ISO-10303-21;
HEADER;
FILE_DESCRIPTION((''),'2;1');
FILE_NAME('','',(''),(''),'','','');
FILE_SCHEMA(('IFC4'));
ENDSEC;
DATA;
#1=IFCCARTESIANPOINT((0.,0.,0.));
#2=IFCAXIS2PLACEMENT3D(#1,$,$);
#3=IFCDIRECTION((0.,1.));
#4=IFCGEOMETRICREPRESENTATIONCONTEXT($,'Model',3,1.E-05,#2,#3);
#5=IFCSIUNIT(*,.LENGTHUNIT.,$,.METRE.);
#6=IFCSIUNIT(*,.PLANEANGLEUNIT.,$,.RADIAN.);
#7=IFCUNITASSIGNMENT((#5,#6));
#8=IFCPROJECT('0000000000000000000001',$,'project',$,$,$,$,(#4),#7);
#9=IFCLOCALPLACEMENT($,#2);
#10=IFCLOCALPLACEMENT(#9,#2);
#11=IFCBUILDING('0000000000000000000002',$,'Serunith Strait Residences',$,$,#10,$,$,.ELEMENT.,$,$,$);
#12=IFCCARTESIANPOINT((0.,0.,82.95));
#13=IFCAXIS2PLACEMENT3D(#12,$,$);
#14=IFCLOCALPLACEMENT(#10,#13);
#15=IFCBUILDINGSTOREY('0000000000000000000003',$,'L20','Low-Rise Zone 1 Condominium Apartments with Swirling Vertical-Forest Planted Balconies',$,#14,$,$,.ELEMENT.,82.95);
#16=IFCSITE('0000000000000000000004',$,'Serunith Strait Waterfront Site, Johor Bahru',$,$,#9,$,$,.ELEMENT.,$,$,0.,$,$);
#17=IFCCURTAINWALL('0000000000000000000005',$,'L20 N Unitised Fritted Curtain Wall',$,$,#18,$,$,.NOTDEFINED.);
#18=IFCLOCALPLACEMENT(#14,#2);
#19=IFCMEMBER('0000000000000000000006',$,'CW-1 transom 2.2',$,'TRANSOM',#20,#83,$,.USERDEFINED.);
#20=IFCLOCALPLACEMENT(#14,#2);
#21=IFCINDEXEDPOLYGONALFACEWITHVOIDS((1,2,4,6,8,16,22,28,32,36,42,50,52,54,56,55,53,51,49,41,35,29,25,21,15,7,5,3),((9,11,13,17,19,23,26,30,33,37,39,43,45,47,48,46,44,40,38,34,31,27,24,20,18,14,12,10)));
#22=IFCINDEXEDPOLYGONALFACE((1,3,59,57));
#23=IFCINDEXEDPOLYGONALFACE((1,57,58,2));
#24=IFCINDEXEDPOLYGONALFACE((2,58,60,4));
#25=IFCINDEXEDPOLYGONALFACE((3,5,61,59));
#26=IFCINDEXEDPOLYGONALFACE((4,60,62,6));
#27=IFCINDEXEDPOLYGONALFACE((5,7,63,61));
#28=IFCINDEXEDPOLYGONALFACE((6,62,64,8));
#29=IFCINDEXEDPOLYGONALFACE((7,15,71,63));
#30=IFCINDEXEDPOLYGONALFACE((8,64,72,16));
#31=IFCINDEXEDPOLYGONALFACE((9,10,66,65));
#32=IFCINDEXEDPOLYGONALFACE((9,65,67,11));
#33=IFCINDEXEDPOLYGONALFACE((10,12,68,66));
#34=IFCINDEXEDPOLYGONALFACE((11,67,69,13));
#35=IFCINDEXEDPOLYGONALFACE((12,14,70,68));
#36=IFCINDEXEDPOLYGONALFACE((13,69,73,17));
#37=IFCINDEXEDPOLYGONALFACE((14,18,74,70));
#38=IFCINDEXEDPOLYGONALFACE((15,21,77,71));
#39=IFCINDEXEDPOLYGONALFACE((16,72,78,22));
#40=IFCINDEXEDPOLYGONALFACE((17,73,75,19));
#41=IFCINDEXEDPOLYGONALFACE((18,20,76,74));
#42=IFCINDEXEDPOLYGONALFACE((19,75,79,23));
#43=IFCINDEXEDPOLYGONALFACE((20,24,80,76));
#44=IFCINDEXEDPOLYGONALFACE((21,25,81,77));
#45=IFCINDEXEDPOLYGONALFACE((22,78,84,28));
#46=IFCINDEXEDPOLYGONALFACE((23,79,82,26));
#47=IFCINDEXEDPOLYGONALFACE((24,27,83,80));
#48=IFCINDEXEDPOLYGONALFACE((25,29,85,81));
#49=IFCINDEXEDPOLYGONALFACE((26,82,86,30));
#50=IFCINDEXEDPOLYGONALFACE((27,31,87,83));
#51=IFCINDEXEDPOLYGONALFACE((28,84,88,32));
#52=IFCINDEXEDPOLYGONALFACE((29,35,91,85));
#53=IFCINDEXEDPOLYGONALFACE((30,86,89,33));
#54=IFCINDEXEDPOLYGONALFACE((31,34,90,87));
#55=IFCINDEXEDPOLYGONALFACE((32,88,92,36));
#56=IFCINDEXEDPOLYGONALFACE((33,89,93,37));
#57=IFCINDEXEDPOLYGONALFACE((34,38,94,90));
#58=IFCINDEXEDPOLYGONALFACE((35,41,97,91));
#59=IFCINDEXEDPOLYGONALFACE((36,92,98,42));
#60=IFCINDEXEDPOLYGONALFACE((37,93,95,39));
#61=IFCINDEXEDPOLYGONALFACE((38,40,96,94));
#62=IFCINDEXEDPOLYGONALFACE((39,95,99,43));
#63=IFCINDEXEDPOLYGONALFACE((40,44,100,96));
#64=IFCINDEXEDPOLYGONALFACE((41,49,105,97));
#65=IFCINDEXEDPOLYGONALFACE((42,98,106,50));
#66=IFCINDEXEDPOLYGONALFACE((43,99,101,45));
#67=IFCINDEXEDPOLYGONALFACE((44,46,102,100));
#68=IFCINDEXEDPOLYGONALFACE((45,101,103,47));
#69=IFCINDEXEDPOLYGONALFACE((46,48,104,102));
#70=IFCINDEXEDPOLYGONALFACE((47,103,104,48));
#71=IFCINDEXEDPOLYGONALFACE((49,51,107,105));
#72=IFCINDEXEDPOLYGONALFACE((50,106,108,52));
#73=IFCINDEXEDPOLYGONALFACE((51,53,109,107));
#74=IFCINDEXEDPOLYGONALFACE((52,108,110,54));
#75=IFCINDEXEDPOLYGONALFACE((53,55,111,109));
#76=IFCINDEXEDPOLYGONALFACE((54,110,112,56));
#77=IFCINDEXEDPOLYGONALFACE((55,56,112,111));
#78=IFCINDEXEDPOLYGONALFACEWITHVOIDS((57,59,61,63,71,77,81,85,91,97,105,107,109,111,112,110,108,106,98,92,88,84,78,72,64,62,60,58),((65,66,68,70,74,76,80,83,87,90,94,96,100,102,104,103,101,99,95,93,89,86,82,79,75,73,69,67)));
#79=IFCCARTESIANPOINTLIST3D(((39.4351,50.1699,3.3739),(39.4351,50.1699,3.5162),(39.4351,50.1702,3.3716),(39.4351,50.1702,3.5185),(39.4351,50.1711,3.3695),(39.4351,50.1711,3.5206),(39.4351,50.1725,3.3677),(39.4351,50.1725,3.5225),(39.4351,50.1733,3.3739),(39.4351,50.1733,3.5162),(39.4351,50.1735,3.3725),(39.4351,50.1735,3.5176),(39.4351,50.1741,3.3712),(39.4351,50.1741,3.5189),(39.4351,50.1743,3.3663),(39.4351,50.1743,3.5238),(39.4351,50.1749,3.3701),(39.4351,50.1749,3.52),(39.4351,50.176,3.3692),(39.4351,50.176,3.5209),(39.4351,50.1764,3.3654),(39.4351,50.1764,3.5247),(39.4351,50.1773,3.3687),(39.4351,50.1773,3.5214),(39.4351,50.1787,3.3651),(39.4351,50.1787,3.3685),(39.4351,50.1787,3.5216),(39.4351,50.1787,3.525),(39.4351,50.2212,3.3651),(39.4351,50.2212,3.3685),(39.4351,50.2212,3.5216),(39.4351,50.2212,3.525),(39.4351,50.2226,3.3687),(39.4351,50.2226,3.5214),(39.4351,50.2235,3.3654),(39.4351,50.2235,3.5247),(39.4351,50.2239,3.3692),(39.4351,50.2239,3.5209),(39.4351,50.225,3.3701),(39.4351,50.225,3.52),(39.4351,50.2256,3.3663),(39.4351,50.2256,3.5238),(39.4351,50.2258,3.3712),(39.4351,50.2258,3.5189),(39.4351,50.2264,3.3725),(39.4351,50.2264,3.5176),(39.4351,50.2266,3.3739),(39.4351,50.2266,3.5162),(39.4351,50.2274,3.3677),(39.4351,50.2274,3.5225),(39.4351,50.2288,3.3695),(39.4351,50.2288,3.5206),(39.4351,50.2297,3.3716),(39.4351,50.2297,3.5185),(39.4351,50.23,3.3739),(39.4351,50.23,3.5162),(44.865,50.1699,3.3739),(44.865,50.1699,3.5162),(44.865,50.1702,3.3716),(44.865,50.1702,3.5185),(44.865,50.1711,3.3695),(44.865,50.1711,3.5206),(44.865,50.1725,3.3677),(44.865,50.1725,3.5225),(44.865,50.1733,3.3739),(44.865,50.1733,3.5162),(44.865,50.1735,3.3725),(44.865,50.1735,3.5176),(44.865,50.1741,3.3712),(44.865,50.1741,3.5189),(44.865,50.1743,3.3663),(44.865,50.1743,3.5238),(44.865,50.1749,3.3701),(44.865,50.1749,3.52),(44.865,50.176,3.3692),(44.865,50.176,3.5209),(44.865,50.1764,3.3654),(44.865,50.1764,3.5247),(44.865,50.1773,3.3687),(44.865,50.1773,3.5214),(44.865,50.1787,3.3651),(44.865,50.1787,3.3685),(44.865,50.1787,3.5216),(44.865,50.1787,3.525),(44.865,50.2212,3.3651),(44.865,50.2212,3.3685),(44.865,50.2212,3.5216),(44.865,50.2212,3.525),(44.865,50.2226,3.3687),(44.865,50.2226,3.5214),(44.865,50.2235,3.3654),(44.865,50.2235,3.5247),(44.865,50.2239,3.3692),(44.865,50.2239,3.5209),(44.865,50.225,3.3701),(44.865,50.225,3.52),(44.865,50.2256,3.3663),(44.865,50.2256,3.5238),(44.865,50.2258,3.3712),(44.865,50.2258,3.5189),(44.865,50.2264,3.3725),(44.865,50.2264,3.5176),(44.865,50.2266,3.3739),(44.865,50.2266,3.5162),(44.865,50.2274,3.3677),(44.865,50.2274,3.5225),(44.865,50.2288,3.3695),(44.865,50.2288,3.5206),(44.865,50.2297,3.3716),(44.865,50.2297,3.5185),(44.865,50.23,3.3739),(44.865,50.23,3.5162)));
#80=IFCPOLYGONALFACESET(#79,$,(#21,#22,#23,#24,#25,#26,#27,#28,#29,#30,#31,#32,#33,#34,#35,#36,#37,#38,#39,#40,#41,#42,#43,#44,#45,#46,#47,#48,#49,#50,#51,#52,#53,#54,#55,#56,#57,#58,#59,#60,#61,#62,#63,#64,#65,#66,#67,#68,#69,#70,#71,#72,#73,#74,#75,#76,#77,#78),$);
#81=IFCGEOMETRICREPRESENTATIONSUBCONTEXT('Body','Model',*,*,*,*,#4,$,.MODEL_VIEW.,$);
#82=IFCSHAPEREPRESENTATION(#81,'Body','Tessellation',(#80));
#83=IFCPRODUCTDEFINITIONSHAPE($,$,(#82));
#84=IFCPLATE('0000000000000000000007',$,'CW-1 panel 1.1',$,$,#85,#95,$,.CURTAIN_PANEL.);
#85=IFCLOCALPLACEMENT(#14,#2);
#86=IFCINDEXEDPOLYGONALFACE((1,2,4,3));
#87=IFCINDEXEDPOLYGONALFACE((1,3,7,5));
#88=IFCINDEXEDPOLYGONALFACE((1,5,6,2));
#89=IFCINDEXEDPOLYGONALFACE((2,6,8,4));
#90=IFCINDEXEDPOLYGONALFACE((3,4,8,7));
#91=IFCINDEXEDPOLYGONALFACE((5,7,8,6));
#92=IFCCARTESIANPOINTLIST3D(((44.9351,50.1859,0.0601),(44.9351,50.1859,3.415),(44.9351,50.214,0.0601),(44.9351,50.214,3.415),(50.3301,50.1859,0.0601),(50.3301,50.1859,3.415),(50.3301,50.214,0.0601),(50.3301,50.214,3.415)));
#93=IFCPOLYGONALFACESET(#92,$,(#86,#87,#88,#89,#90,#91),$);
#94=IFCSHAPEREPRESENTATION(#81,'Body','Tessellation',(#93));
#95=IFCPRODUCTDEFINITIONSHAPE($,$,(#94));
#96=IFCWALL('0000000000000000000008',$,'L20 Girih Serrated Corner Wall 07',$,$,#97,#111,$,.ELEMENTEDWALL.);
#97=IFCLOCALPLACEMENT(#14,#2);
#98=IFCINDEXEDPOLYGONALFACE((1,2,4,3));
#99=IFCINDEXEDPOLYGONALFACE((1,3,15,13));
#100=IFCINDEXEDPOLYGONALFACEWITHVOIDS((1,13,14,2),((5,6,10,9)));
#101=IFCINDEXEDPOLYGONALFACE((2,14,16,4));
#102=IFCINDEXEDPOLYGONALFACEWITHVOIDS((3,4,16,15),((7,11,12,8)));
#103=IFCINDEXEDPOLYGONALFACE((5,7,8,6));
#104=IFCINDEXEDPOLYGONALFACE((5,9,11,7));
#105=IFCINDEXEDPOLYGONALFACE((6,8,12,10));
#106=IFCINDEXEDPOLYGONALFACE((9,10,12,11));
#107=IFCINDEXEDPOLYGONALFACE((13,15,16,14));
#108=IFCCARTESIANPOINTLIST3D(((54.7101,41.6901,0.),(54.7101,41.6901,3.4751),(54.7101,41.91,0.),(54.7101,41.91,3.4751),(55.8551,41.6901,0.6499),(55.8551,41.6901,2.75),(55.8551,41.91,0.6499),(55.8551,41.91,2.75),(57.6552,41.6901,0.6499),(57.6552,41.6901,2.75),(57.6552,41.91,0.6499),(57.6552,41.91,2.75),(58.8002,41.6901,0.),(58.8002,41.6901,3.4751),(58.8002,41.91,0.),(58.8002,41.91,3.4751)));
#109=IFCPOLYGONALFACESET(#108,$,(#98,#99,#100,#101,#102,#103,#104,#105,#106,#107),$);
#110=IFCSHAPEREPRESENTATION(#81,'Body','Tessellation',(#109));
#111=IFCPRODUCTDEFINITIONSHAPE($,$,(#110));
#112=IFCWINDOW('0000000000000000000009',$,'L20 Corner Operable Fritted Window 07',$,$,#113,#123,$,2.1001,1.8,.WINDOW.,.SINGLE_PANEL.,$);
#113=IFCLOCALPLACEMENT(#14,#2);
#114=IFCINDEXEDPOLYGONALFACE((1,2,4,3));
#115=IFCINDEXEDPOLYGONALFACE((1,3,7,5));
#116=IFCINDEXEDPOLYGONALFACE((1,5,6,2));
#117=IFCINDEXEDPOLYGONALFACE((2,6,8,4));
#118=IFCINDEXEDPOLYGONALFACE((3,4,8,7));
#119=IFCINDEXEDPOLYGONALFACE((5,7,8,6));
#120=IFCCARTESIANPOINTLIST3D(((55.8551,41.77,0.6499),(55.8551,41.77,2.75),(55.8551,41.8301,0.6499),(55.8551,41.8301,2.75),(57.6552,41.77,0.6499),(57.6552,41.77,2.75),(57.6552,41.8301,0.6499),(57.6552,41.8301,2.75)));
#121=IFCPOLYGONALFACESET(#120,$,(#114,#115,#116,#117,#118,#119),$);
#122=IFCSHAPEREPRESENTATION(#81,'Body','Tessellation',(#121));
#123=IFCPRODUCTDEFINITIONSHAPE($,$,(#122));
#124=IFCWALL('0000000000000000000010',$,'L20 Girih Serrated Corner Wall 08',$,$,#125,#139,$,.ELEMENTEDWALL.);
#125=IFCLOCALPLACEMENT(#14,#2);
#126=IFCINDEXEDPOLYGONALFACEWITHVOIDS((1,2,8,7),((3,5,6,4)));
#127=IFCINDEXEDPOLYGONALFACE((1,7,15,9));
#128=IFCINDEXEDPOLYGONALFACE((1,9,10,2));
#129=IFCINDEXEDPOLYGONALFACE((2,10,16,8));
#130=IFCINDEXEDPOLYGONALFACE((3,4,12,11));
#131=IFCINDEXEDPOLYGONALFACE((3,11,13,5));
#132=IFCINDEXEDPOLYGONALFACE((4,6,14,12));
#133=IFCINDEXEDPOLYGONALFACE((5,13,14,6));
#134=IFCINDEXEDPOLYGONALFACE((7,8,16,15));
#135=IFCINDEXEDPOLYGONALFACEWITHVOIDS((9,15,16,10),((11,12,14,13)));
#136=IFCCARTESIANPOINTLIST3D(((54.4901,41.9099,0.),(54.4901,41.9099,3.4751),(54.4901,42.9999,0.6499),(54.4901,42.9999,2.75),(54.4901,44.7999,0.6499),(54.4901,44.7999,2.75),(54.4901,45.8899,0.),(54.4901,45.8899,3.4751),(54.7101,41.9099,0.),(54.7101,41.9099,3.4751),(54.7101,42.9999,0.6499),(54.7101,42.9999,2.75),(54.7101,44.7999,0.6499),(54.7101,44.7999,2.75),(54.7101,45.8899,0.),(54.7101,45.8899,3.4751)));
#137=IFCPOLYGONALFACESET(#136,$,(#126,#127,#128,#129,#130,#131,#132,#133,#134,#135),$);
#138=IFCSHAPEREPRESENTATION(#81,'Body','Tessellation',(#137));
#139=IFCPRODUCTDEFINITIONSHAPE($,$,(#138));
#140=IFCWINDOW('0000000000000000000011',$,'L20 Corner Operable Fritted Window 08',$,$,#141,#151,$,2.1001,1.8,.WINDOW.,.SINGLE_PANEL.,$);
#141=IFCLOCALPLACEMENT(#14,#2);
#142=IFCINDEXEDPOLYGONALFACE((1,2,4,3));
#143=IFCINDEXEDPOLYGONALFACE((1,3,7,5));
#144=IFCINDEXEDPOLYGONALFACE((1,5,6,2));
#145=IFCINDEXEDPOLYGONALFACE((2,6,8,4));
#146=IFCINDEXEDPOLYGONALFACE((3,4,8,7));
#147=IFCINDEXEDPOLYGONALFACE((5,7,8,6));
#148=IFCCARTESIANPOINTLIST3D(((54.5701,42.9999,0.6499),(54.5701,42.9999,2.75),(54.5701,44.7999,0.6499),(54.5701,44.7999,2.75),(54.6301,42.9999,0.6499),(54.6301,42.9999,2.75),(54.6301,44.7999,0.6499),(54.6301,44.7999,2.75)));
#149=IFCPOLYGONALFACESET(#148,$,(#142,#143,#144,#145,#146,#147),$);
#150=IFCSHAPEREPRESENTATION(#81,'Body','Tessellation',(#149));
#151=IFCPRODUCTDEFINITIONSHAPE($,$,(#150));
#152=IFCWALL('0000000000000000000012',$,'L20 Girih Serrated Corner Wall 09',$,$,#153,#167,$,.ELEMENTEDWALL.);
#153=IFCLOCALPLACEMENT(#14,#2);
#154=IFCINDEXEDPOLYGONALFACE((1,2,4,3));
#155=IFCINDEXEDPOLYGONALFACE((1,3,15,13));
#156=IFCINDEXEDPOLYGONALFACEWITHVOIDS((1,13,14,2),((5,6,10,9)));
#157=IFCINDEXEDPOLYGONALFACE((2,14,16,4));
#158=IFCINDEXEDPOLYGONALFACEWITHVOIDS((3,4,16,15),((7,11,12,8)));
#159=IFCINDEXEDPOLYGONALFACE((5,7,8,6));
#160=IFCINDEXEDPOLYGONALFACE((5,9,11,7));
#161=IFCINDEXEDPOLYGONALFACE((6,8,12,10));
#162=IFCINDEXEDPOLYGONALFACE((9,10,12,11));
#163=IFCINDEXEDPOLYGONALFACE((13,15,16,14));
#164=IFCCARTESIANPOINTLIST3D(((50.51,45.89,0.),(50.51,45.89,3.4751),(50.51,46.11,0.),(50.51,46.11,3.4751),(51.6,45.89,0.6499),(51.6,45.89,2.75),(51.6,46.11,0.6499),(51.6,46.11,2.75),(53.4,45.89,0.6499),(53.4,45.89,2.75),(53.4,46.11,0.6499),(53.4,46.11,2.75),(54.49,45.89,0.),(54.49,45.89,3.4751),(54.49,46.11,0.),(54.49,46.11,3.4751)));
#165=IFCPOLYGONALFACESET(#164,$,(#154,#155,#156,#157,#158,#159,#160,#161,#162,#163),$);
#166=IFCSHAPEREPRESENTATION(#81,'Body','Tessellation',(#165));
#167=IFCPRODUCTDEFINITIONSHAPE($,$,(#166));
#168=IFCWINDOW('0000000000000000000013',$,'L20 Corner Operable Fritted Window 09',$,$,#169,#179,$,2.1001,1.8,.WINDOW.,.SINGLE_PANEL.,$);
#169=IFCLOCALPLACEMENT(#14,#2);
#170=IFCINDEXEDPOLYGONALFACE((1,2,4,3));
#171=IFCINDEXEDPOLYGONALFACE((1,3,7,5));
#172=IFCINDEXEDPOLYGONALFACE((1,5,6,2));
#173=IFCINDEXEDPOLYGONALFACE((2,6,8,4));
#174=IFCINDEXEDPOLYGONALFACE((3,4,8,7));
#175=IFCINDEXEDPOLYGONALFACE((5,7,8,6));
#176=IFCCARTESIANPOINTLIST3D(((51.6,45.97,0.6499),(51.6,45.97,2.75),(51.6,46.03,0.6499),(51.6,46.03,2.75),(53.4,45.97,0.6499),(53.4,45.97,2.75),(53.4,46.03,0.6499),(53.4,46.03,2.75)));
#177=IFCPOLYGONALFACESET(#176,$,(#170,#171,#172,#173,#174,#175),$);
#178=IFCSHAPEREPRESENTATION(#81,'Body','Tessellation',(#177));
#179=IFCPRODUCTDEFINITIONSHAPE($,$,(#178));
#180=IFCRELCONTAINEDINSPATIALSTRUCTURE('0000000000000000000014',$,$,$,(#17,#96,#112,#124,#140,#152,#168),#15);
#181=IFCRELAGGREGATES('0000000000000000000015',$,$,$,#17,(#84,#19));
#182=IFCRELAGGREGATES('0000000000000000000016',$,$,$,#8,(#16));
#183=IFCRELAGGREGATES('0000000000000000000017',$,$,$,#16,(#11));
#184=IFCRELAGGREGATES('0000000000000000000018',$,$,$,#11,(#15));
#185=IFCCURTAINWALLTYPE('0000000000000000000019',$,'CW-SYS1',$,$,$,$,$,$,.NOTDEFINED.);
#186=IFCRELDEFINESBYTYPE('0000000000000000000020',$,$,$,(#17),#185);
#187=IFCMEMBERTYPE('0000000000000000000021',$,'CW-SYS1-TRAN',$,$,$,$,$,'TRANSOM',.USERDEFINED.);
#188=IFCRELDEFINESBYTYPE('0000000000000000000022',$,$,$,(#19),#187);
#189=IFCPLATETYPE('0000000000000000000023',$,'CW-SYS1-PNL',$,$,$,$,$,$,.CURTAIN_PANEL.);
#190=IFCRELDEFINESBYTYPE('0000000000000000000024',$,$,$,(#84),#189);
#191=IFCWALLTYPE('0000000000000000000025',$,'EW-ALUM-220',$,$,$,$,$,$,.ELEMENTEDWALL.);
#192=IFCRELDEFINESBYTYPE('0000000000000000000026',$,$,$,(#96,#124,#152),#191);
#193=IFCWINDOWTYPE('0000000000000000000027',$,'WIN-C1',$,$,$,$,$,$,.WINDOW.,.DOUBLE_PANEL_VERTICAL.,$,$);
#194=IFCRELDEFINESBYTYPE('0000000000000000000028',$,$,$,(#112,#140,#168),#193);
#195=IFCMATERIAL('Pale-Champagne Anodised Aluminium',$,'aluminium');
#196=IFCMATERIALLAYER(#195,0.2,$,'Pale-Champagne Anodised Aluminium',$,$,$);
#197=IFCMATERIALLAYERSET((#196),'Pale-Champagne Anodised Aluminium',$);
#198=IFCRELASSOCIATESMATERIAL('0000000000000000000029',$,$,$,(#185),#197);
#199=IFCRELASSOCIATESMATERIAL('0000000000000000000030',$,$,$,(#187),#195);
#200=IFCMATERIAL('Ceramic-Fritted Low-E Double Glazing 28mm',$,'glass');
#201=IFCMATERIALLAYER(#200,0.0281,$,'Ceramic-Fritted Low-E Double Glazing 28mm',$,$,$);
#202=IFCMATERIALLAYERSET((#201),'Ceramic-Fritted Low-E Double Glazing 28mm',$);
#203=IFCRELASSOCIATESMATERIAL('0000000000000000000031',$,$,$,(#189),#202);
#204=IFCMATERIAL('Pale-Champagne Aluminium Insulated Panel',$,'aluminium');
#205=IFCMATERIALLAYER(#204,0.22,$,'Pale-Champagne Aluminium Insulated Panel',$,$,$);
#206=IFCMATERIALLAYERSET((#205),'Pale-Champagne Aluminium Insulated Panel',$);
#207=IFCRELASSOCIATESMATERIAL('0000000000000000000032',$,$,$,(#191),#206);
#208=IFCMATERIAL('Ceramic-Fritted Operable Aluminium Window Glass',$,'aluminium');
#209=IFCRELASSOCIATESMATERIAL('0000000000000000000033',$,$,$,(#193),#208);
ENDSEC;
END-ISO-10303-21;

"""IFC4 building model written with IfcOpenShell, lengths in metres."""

from ifc_helpers import new_model, si_unit, direction, frame, frame_2d, origin, origin_2d, place, context, subcontext, project, spatial, rectangle, hollow_rectangle, extrude, source, transform, mapped, material, layer, layer_set, material_profile, profile_set, type_object, element, fill, aggregate, save


model = new_model("IFC4")

# Units and contexts
model_context = context("Model", 3, precision=1e-05, world=origin(), true_north=direction((0.0, 1.0)))
body_context = subcontext(model_context, "Body", "Model", "MODEL_VIEW")
ifc_project = project(units=[si_unit("LENGTHUNIT", "METRE"), si_unit("PLANEANGLEUNIT", "RADIAN")], contexts=[model_context])

# Site, building, storey
site_placement = place(None, origin())
site = spatial("IfcSite", under=ifc_project, at=site_placement, Name="Serunith Strait Waterfront Site, Johor Bahru", CompositionType="ELEMENT", RefElevation=0.0)
building_placement = place(site_placement, origin())
building = spatial("IfcBuilding", under=site, at=building_placement, Name="Serunith Strait Residences", CompositionType="ELEMENT")
storey_placement = place(building_placement, frame((0.0, 0.0, 82.95)))
storey = spatial("IfcBuildingStorey", under=building, at=storey_placement, Name="L20", Description="Low-Rise Zone 1 Condominium Apartments with Swirling Vertical-Forest Planted Balconies", CompositionType="ELEMENT", Elevation=82.95)

# Shared definitions
ifc_material_1 = material(Name="Pale-Champagne Anodised Aluminium", Category="aluminium")
ifc_layer_1 = layer(ifc_material_1, 0.2, Name="Pale-Champagne Anodised Aluminium")
ifc_layer_set_1 = layer_set([ifc_layer_1], Name="Pale-Champagne Anodised Aluminium")
curtain_wall_type = type_object("IfcCurtainWallType", Name="CW-SYS1", PredefinedType="NOTDEFINED", material=ifc_layer_set_1)

# Curtain wall, member, plate
curtain_wall_1_placement = place(storey_placement, origin())
curtain_wall_1 = element("IfcCurtainWall", 1, at=curtain_wall_1_placement, inside=storey, type_object=curtain_wall_type, Name="L20 N Unitised Fritted Curtain Wall", PredefinedType="NOTDEFINED")
ifc_material_profile_1 = material_profile(ifc_material_1, hollow_rectangle(XDim=0.0601, YDim=0.1599, WallThickness=0.0034, InnerFilletRadius=0.0054, OuterFilletRadius=0.0088, at=origin_2d()), Name="ALU 160x60x3.5")
ifc_profile_set_1 = profile_set([ifc_material_profile_1], Name="Pale-Champagne Anodised Aluminium")
member_type_1 = type_object("IfcMemberType", Name="CW-SYS1-TRAN", ElementType="TRANSOM", PredefinedType="USERDEFINED", material=ifc_profile_set_1)
shared_shape_1 = source(origin(), body_context, "Body", "SweptSolid", [
    extrude(hollow_rectangle(XDim=0.0601, YDim=0.1599, WallThickness=0.0034, InnerFilletRadius=0.0054, OuterFilletRadius=0.0088, at=origin_2d()), origin(), (0.0, 0.0, 1.0), 5.4299),
])
member_1_placement = place(storey_placement, frame((44.865, 50.2, 3.4451), z_axis=(-1.0, 0.0, 0.0), x_axis=(0.0, -1.0, 0.0)))
member_1 = element("IfcMember", 2, at=member_1_placement, type_object=member_type_1, Name="CW-1 transom 2.2", ObjectType="TRANSOM", PredefinedType="USERDEFINED", context=body_context, shape_type="MappedRepresentation", body=[
    mapped(shared_shape_1, transform((0.0, 0.0, 0.0), scale=1.0)),
])
ifc_material_2 = material(Name="Ceramic-Fritted Low-E Double Glazing 28mm", Category="glass")
ifc_layer_2 = layer(ifc_material_2, 0.0281, Name="Ceramic-Fritted Low-E Double Glazing 28mm")
ifc_layer_set_2 = layer_set([ifc_layer_2], Name="Ceramic-Fritted Low-E Double Glazing 28mm")
plate_type = type_object("IfcPlateType", Name="CW-SYS1-PNL", PredefinedType="CURTAIN_PANEL", material=ifc_layer_set_2)
shared_shape_2 = source(origin(), body_context, "Body", "SweptSolid", [
    extrude(rectangle(XDim=5.395, YDim=0.0281, at=origin_2d()), origin(), (0.0, 0.0, 1.0), 3.355),
])
plate_placement = place(storey_placement, frame((47.6326, 50.2, 0.0601), z_axis=(0.0, 0.0, 1.0), x_axis=(-1.0, 0.0, 0.0)))
plate = element("IfcPlate", 3, at=plate_placement, type_object=plate_type, Name="CW-1 panel 1.1", PredefinedType="CURTAIN_PANEL", context=body_context, shape_type="MappedRepresentation", body=[
    mapped(shared_shape_2, transform((0.0, 0.0, 0.0), scale=1.0)),
])
aggregate(curtain_wall_1, [plate, member_1])

# Walls, openings, windows
ifc_material_3 = material(Name="Pale-Champagne Aluminium Insulated Panel", Category="aluminium")
ifc_layer_3 = layer(ifc_material_3, 0.22, Name="Pale-Champagne Aluminium Insulated Panel")
ifc_layer_set_3 = layer_set([ifc_layer_3], Name="Pale-Champagne Aluminium Insulated Panel")
wall_type_1 = type_object("IfcWallType", Name="EW-ALUM-220", PredefinedType="ELEMENTEDWALL", material=ifc_layer_set_3)
wall_1_placement = place(storey_placement, frame((58.8, 41.8, 0.0), z_axis=(0.0, 0.0, 1.0), x_axis=(-1.0, 0.0, 0.0)))
wall_1 = element("IfcWall", 4, at=wall_1_placement, inside=storey, type_object=wall_type_1, Name="L20 Girih Serrated Corner Wall 07", PredefinedType="ELEMENTEDWALL", context=body_context, shape_type="SweptSolid", body=[
    extrude(rectangle(XDim=4.0901, YDim=0.22, at=frame_2d((2.0449, 0.0))), origin(), (0.0, 0.0, 1.0), 3.4751),
])
opening_1_placement = place(wall_1_placement, frame((1.145, 0.0, 0.6499)))
opening_1 = element("IfcOpeningElement", 5, at=opening_1_placement, cuts=wall_1, PredefinedType="OPENING", context=body_context, shape_type="SweptSolid", body=[
    extrude(rectangle(XDim=1.8, YDim=2.1001, at=frame_2d((0.8999, 1.05))), frame((0.0, 0.1201, 0.0), z_axis=(0.0, -1.0, 0.0), x_axis=(1.0, 0.0, 0.0)), (0.0, 0.0, 1.0), 0.24),
])
ifc_material_4 = material(Name="Ceramic-Fritted Operable Aluminium Window Glass", Category="aluminium")
window_type = type_object("IfcWindowType", Name="WIN-C1", PartitioningType="DOUBLE_PANEL_VERTICAL", PredefinedType="WINDOW", material=ifc_material_4)
shared_shape_3 = source(origin(), body_context, "Body", "SweptSolid", [
    extrude(rectangle(XDim=1.8, YDim=2.1001, at=frame_2d((0.8999, 1.05))), frame((0.0, 0.03, 0.0), z_axis=(0.0, -1.0, 0.0), x_axis=(1.0, 0.0, 0.0)), (0.0, 0.0, 1.0), 0.0601),
])
window_1_placement = place(opening_1_placement, origin())
window_1 = element("IfcWindow", 6, at=window_1_placement, inside=storey, type_object=window_type, Name="L20 Corner Operable Fritted Window 07", OverallHeight=2.1001, OverallWidth=1.8, PartitioningType="SINGLE_PANEL", PredefinedType="WINDOW", context=body_context, shape_type="MappedRepresentation", body=[
    mapped(shared_shape_3, transform((0.0, 0.0, 0.0), scale=1.0)),
])
fill(opening_1, window_1)
wall_2_placement = place(storey_placement, frame((54.6001, 41.9099, 0.0), z_axis=(0.0, 0.0, 1.0), x_axis=(0.0, 1.0, 0.0)))
wall_2 = element("IfcWall", 7, at=wall_2_placement, inside=storey, type_object=wall_type_1, Name="L20 Girih Serrated Corner Wall 08", PredefinedType="ELEMENTEDWALL", context=body_context, shape_type="SweptSolid", body=[
    extrude(rectangle(XDim=3.98, YDim=0.22, at=frame_2d((1.99, 0.0))), origin(), (0.0, 0.0, 1.0), 3.4751),
])
opening_2_placement = place(wall_2_placement, frame((1.0901, 0.0, 0.6499)))
opening_2 = element("IfcOpeningElement", 8, at=opening_2_placement, cuts=wall_2, PredefinedType="OPENING", context=body_context, shape_type="SweptSolid", body=[
    extrude(rectangle(XDim=1.8, YDim=2.1001, at=frame_2d((0.8999, 1.05))), frame((0.0, 0.1201, 0.0), z_axis=(0.0, -1.0, 0.0), x_axis=(1.0, 0.0, 0.0)), (0.0, 0.0, 1.0), 0.24),
])
window_2_placement = place(opening_2_placement, origin())
window_2 = element("IfcWindow", 9, at=window_2_placement, inside=storey, type_object=window_type, Name="L20 Corner Operable Fritted Window 08", OverallHeight=2.1001, OverallWidth=1.8, PartitioningType="SINGLE_PANEL", PredefinedType="WINDOW", context=body_context, shape_type="MappedRepresentation", body=[
    mapped(shared_shape_3, transform((0.0, 0.0, 0.0), scale=1.0)),
])
fill(opening_2, window_2)
wall_3_placement = place(storey_placement, frame((54.49, 46.0, 0.0), z_axis=(0.0, 0.0, 1.0), x_axis=(-1.0, 0.0, 0.0)))
wall_3 = element("IfcWall", 10, at=wall_3_placement, inside=storey, type_object=wall_type_1, Name="L20 Girih Serrated Corner Wall 09", PredefinedType="ELEMENTEDWALL", context=body_context, shape_type="SweptSolid", body=[
    extrude(rectangle(XDim=3.98, YDim=0.22, at=frame_2d((1.99, 0.0))), origin(), (0.0, 0.0, 1.0), 3.4751),
])
opening_3_placement = place(wall_3_placement, frame((1.0901, 0.0, 0.6499)))
opening_3 = element("IfcOpeningElement", 11, at=opening_3_placement, cuts=wall_3, PredefinedType="OPENING", context=body_context, shape_type="SweptSolid", body=[
    extrude(rectangle(XDim=1.8, YDim=2.1001, at=frame_2d((0.8999, 1.05))), frame((0.0, 0.1201, 0.0), z_axis=(0.0, -1.0, 0.0), x_axis=(1.0, 0.0, 0.0)), (0.0, 0.0, 1.0), 0.24),
])
window_3_placement = place(opening_3_placement, origin())
window_3 = element("IfcWindow", 12, at=window_3_placement, inside=storey, type_object=window_type, Name="L20 Corner Operable Fritted Window 09", OverallHeight=2.1001, OverallWidth=1.8, PartitioningType="SINGLE_PANEL", PredefinedType="WINDOW", context=body_context, shape_type="MappedRepresentation", body=[
    mapped(shared_shape_3, transform((0.0, 0.0, 0.0), scale=1.0)),
])
fill(opening_3, window_3)

save(model, "model.ifc")
